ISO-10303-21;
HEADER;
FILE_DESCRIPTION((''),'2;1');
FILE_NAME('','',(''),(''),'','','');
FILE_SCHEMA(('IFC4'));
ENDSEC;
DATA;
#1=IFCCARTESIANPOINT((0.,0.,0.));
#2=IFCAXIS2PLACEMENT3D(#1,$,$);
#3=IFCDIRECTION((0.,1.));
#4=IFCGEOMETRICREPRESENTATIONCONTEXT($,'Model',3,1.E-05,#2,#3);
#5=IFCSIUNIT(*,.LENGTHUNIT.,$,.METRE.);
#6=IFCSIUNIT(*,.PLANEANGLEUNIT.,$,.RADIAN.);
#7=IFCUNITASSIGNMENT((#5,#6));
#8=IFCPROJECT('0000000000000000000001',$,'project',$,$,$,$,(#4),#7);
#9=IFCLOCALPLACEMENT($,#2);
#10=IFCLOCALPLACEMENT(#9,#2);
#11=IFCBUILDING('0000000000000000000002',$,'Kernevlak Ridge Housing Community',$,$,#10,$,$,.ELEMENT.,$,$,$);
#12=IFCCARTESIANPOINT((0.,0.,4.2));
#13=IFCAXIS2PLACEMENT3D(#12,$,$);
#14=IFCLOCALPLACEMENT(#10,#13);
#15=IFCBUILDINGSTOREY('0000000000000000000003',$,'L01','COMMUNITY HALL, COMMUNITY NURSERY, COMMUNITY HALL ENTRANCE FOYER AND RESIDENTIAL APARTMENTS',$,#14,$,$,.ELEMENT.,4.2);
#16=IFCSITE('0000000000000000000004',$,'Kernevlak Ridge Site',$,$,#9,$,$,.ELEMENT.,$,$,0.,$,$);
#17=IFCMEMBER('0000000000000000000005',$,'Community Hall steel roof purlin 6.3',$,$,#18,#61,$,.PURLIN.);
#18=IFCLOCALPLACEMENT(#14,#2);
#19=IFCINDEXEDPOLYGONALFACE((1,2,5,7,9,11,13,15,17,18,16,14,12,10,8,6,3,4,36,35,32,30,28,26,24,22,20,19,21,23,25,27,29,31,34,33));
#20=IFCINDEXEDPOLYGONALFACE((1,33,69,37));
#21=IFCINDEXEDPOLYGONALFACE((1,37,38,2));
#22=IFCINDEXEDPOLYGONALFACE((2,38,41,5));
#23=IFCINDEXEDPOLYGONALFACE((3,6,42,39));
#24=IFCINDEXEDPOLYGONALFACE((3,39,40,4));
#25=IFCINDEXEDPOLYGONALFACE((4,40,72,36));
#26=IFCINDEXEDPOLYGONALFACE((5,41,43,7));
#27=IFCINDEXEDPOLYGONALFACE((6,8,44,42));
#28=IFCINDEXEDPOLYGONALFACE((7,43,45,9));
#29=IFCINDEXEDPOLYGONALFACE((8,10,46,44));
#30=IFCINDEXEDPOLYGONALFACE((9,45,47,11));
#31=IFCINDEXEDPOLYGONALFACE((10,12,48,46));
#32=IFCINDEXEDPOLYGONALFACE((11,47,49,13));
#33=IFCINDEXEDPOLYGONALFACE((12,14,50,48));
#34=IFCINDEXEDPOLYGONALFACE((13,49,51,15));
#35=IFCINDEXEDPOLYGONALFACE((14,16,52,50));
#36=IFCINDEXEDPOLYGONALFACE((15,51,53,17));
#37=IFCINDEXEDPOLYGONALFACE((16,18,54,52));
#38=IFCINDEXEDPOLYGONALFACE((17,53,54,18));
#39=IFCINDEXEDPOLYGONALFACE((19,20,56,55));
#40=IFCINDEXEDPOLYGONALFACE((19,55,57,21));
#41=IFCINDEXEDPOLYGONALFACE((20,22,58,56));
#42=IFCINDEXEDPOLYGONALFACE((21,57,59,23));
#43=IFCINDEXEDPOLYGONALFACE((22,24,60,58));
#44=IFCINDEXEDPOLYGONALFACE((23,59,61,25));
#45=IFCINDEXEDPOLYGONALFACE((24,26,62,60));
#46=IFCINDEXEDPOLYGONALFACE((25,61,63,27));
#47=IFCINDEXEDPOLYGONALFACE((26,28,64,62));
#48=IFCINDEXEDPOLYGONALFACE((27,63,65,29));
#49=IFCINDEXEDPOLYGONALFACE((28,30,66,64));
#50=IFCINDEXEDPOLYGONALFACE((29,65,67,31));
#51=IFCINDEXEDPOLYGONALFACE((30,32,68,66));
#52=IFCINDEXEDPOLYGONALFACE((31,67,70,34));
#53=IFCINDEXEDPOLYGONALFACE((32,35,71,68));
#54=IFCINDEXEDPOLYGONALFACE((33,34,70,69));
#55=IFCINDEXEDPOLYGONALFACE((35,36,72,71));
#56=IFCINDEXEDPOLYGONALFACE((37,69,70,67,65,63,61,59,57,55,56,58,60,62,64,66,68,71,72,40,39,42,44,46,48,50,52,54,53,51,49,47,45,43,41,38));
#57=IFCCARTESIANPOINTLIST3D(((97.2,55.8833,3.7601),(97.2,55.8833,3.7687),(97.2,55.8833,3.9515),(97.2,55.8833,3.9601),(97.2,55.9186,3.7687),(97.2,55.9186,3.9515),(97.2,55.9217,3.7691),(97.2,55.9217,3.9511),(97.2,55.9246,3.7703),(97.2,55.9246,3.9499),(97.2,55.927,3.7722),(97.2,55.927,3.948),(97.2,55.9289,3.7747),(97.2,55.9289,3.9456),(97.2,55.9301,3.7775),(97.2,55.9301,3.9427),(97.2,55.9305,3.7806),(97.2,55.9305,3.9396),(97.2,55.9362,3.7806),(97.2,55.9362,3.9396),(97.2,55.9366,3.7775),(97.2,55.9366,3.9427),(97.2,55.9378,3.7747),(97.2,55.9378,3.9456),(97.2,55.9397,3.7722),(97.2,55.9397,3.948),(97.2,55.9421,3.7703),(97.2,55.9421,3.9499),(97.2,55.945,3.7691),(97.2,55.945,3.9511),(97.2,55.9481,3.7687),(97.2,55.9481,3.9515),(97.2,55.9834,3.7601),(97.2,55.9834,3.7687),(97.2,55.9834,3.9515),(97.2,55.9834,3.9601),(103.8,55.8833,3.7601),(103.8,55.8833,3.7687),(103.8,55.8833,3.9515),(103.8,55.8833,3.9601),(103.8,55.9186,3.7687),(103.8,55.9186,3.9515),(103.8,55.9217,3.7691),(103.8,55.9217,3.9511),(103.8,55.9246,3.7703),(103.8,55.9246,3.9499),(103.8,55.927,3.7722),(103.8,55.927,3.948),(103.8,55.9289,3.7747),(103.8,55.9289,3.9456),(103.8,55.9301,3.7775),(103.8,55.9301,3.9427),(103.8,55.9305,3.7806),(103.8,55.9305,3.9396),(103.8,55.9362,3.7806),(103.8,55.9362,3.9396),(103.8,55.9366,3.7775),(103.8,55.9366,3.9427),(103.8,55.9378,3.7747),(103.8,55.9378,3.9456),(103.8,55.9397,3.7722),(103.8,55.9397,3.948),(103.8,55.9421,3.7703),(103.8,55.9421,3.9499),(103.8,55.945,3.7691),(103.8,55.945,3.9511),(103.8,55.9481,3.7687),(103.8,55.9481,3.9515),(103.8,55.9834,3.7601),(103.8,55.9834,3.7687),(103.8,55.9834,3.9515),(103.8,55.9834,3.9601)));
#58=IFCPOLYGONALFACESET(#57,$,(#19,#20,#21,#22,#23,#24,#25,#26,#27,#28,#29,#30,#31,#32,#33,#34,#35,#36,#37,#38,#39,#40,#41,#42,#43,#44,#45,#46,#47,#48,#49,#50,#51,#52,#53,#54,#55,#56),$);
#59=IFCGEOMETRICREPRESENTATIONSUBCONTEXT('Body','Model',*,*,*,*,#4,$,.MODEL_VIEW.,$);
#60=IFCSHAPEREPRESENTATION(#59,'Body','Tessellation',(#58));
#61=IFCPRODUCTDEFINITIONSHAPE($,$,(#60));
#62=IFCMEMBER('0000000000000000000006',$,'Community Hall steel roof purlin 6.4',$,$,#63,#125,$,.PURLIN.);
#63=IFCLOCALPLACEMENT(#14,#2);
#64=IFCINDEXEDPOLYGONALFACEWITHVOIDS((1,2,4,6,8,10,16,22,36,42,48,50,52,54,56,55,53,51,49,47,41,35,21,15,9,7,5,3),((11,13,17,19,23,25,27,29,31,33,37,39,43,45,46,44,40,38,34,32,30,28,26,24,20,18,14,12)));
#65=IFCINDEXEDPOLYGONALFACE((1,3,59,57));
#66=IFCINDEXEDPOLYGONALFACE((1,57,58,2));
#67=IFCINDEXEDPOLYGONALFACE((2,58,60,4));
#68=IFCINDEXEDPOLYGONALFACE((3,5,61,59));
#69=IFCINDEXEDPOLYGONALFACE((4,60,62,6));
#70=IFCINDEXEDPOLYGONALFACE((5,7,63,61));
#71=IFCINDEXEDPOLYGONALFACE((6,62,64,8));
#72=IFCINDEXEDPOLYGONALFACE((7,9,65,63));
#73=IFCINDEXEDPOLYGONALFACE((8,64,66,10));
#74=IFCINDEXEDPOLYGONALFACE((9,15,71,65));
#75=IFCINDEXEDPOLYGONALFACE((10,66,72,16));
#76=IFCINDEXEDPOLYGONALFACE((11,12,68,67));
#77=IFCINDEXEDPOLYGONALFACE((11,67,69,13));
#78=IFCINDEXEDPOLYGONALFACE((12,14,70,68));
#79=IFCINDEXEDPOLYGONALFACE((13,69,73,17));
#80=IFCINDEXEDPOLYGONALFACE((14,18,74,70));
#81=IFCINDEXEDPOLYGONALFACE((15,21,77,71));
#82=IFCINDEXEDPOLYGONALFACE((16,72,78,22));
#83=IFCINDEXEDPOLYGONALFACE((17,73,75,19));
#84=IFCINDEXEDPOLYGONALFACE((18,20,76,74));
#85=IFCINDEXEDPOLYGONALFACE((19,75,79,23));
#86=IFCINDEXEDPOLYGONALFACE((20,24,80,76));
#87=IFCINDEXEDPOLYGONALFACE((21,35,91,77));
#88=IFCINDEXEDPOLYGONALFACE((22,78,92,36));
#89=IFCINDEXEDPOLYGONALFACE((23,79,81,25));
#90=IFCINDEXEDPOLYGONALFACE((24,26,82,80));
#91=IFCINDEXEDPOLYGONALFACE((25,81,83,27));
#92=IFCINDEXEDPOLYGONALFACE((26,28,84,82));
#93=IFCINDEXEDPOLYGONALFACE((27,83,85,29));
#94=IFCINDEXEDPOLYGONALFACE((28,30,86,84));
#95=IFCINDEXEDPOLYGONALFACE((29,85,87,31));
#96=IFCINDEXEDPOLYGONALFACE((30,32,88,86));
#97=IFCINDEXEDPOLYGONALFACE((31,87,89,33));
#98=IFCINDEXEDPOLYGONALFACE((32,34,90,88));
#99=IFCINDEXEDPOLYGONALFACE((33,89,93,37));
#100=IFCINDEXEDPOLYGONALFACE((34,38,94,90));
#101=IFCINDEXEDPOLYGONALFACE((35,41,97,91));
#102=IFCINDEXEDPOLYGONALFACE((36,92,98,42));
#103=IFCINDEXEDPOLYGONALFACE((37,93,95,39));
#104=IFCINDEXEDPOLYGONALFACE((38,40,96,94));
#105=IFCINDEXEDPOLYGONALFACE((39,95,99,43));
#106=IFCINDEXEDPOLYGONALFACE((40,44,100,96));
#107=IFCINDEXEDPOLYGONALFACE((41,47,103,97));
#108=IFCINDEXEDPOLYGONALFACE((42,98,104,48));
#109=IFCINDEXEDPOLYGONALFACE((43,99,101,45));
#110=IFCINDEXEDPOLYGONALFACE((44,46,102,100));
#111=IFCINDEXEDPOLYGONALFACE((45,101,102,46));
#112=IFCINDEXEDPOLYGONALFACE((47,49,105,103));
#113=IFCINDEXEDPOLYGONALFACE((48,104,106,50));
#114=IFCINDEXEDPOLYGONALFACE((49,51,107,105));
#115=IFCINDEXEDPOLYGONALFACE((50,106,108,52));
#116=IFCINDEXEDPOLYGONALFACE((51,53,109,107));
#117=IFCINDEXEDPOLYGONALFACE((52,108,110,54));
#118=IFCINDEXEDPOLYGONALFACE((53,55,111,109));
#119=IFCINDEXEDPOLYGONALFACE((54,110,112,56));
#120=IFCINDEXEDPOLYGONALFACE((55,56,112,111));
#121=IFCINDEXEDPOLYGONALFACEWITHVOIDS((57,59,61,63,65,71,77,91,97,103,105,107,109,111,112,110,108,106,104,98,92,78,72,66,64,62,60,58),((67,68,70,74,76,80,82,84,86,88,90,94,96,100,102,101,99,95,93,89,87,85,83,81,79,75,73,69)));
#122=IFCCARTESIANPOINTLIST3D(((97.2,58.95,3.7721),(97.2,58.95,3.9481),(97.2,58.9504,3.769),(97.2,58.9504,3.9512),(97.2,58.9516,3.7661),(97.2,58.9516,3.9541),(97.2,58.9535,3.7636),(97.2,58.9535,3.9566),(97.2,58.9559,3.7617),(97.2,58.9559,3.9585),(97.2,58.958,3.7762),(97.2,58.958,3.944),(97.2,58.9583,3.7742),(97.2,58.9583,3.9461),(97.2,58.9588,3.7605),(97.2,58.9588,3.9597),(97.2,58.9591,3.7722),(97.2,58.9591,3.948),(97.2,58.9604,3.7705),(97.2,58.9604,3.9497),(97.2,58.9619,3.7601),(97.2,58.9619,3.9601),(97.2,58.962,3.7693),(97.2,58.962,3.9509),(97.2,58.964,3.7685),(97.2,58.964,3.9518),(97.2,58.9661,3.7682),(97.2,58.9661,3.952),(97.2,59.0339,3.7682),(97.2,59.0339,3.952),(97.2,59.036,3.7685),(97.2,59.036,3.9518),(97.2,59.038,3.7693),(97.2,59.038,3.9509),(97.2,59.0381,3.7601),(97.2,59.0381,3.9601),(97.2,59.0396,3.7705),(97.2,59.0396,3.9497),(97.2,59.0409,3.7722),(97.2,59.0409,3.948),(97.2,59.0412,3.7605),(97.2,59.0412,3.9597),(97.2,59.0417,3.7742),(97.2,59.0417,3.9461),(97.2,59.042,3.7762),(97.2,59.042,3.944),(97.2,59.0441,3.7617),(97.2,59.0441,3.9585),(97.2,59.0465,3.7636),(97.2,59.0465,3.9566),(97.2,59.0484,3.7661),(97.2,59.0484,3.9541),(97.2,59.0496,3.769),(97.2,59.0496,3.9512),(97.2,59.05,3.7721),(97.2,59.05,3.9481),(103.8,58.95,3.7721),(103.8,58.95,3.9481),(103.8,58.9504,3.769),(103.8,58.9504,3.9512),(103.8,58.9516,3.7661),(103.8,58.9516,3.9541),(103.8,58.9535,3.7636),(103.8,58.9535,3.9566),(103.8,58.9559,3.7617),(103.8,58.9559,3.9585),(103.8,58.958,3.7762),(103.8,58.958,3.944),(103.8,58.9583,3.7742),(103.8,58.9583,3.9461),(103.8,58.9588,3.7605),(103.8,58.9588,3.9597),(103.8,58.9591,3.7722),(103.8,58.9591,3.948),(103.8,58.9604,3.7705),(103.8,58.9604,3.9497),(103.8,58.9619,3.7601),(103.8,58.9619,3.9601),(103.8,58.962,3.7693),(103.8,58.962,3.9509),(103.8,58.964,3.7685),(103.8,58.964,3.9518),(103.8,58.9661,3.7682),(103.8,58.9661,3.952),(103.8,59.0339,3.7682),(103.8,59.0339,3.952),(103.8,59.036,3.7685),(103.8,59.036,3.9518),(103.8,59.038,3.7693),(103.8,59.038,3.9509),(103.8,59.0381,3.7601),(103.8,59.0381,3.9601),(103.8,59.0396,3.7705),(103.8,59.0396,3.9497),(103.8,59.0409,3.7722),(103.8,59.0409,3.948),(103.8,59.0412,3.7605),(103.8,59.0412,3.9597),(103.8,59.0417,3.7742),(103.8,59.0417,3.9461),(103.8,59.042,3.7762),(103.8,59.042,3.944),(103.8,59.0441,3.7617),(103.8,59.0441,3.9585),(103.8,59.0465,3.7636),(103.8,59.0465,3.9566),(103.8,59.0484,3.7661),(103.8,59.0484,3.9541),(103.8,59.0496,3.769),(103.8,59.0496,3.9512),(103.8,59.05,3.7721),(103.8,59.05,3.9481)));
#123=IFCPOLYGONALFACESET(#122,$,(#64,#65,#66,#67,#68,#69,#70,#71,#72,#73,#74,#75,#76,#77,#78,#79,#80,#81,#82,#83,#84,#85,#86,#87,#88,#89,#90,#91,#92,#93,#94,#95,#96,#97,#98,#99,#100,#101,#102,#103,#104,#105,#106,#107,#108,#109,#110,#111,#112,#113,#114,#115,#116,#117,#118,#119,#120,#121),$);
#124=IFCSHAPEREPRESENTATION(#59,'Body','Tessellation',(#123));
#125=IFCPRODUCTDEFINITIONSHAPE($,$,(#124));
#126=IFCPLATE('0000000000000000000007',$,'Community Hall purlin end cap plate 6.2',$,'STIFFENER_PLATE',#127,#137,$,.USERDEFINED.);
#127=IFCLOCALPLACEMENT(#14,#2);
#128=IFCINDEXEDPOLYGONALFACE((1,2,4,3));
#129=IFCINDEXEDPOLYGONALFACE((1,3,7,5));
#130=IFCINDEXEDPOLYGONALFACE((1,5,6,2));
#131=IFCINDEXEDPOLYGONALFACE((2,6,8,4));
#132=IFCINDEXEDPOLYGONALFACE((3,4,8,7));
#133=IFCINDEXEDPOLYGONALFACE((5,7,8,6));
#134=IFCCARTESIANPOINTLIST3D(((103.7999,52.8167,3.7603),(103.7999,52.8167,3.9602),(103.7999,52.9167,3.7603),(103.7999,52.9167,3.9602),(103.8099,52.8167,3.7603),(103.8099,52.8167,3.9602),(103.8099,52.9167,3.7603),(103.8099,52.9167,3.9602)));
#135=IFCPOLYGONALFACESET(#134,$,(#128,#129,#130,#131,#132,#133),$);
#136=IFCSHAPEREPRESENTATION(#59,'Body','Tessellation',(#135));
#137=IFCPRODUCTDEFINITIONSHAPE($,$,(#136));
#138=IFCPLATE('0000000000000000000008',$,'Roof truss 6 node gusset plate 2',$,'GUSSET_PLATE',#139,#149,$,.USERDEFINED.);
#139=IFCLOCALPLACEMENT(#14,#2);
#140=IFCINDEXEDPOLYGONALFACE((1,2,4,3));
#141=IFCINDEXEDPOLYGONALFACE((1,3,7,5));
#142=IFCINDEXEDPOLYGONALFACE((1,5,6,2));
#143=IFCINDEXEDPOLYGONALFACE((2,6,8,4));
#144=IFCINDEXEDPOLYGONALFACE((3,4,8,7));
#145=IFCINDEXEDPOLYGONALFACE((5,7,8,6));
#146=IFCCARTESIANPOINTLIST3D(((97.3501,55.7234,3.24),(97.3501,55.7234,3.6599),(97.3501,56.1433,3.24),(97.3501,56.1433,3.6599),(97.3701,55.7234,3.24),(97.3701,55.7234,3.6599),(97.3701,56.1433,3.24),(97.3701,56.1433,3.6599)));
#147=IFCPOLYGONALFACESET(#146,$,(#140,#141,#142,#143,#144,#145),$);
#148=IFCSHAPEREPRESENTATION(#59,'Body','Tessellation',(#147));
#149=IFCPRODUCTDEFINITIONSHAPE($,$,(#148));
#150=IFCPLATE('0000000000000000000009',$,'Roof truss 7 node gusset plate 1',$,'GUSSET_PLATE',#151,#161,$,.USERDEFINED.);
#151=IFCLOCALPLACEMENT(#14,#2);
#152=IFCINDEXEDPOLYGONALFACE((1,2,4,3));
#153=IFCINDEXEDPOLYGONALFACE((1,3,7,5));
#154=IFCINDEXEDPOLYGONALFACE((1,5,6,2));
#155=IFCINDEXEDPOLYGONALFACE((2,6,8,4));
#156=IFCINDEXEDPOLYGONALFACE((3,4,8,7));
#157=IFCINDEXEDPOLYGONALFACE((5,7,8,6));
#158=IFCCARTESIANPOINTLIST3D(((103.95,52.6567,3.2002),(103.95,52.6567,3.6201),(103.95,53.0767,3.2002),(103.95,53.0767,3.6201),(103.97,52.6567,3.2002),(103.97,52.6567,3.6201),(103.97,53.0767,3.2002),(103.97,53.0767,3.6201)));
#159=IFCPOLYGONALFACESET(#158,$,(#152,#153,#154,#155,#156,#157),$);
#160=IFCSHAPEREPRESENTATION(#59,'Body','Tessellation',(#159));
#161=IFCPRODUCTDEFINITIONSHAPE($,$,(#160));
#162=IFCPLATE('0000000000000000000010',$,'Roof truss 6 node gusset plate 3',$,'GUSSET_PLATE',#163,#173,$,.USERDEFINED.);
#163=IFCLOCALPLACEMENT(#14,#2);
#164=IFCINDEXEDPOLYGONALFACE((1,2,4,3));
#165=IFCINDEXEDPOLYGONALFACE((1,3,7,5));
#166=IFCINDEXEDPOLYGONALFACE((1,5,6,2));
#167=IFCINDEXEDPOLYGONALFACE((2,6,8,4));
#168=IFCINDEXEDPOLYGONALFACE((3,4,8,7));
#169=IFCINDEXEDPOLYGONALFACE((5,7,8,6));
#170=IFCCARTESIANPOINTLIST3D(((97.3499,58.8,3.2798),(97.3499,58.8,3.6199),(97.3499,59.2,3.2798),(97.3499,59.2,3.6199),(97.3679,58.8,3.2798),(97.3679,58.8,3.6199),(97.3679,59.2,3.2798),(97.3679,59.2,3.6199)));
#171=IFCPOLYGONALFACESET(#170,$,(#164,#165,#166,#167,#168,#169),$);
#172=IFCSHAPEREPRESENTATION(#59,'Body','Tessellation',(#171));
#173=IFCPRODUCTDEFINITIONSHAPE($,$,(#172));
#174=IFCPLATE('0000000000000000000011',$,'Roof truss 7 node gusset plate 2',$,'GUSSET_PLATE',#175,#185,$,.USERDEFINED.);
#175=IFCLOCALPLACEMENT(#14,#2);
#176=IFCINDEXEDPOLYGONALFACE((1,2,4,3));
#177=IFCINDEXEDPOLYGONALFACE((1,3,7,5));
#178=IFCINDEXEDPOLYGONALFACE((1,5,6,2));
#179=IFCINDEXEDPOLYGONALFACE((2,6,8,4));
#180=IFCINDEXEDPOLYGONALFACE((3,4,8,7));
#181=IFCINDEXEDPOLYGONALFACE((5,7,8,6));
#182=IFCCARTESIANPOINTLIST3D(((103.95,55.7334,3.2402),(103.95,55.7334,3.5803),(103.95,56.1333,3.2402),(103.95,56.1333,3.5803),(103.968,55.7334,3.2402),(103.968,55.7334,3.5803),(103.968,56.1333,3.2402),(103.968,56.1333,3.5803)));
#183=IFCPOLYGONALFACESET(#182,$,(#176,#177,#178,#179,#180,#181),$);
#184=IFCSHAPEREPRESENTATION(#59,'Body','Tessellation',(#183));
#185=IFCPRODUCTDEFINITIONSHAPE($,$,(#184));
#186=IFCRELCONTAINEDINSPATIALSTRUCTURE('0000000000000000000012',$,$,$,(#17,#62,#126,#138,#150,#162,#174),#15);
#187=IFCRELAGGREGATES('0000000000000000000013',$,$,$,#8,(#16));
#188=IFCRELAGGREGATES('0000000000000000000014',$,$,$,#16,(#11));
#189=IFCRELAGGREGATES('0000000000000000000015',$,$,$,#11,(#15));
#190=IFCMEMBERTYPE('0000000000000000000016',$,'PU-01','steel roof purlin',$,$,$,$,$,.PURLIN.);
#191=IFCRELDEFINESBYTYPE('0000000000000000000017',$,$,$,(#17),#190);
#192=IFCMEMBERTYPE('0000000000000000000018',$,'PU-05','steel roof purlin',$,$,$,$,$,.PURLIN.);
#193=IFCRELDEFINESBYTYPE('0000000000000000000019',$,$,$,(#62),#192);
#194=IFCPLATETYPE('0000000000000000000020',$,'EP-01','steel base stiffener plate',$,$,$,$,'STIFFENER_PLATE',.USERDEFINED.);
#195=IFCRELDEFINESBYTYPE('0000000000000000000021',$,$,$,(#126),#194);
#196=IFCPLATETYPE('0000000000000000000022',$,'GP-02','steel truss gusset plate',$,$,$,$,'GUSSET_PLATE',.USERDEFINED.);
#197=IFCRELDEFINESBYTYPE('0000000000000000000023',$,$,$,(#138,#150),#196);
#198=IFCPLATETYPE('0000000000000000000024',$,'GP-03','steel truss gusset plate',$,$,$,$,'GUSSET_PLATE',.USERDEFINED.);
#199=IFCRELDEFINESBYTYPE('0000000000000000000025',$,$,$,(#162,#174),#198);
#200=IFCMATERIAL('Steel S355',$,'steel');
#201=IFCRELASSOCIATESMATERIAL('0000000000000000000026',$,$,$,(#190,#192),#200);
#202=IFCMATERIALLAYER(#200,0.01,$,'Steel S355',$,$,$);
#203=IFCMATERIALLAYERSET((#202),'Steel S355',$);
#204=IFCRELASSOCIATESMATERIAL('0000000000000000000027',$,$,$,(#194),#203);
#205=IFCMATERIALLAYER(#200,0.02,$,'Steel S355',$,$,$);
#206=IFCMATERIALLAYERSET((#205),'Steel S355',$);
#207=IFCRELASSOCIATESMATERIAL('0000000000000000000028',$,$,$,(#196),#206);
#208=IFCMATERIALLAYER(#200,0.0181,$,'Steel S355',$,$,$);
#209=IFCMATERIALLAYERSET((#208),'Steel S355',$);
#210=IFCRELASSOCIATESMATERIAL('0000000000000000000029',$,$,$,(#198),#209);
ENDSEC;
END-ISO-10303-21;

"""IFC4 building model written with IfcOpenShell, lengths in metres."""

from ifc_helpers import new_model, si_unit, direction, frame, origin, origin_2d, place, context, subcontext, project, spatial, rectangle, hollow_rectangle, i_section, extrude, material, layer, layer_set, material_profile, profile_set, type_object, element, save


model = new_model("IFC4")

# Units and contexts
model_context = context("Model", 3, precision=1e-05, world=origin(), true_north=direction((0.0, 1.0)))
body_context = subcontext(model_context, "Body", "Model", "MODEL_VIEW")
ifc_project = project(units=[si_unit("LENGTHUNIT", "METRE"), si_unit("PLANEANGLEUNIT", "RADIAN")], contexts=[model_context])

# Site, building, storey
site_placement = place(None, origin())
site = spatial("IfcSite", under=ifc_project, at=site_placement, Name="Kernevlak Ridge Site", CompositionType="ELEMENT", RefElevation=0.0)
building_placement = place(site_placement, origin())
building = spatial("IfcBuilding", under=site, at=building_placement, Name="Kernevlak Ridge Housing Community", CompositionType="ELEMENT")
storey_placement = place(building_placement, frame((0.0, 0.0, 4.2)))
storey = spatial("IfcBuildingStorey", under=building, at=storey_placement, Name="L01", Description="COMMUNITY HALL, COMMUNITY NURSERY, COMMUNITY HALL ENTRANCE FOYER AND RESIDENTIAL APARTMENTS", CompositionType="ELEMENT", Elevation=4.2)

# Members
ifc_material_1 = material(Name="Steel S355", Category="steel")
ifc_material_profile_1 = material_profile(ifc_material_1, i_section(OverallWidth=0.1001, OverallDepth=0.2, WebThickness=0.0056, FlangeThickness=0.0085, FilletRadius=0.012, at=origin_2d()), Name="IPE 200")
ifc_profile_set_1 = profile_set([ifc_material_profile_1], Name="Steel S355")
member_type_1 = type_object("IfcMemberType", Name="PU-01", Description="steel roof purlin", PredefinedType="PURLIN", material=ifc_profile_set_1)
member_1_placement = place(storey_placement, frame((97.2, 55.9333, 3.8601), z_axis=(1.0, 0.0, 0.0), x_axis=(0.0, 1.0, 0.0)))
element("IfcMember", 1, at=member_1_placement, inside=storey, type_object=member_type_1, Name="Community Hall steel roof purlin 6.3", PredefinedType="PURLIN", context=body_context, shape_type="SweptSolid", body=[
    extrude(i_section(OverallWidth=0.1001, OverallDepth=0.2, WebThickness=0.0056, FlangeThickness=0.0085, FilletRadius=0.012, at=origin_2d()), origin(), (0.0, 0.0, 1.0), 6.6001),
])
ifc_material_profile_2 = material_profile(ifc_material_1, hollow_rectangle(XDim=0.1001, YDim=0.2, WallThickness=0.0081, InnerFilletRadius=0.0081, OuterFilletRadius=0.012, at=origin_2d()), Name="RHS 200x100x8")
ifc_profile_set_2 = profile_set([ifc_material_profile_2], Name="Steel S355")
member_type_2 = type_object("IfcMemberType", Name="PU-05", Description="steel roof purlin", PredefinedType="PURLIN", material=ifc_profile_set_2)
member_2_placement = place(storey_placement, frame((97.2, 59.0, 3.8601), z_axis=(1.0, 0.0, 0.0), x_axis=(0.0, 1.0, 0.0)))
element("IfcMember", 2, at=member_2_placement, inside=storey, type_object=member_type_2, Name="Community Hall steel roof purlin 6.4", PredefinedType="PURLIN", context=body_context, shape_type="SweptSolid", body=[
    extrude(hollow_rectangle(XDim=0.1001, YDim=0.2, WallThickness=0.0081, InnerFilletRadius=0.0081, OuterFilletRadius=0.012, at=origin_2d()), origin(), (0.0, 0.0, 1.0), 6.6001),
])

# Plates
ifc_layer_1 = layer(ifc_material_1, 0.01, Name="Steel S355")
ifc_layer_set_1 = layer_set([ifc_layer_1], Name="Steel S355")
plate_type_1 = type_object("IfcPlateType", Name="EP-01", Description="steel base stiffener plate", ElementType="STIFFENER_PLATE", PredefinedType="USERDEFINED", material=ifc_layer_set_1)
plate_placement = place(storey_placement, frame((103.8049, 52.8667, 3.7603), z_axis=(0.0, 0.0, 1.0), x_axis=(1.0, 0.0, 0.0)))
element("IfcPlate", 3, at=plate_placement, inside=storey, type_object=plate_type_1, Name="Community Hall purlin end cap plate 6.2", ObjectType="STIFFENER_PLATE", PredefinedType="USERDEFINED", context=body_context, shape_type="SweptSolid", body=[
    extrude(rectangle(XDim=0.01, YDim=0.1001, at=origin_2d()), origin(), (0.0, 0.0, 1.0), 0.2),
])
ifc_layer_2 = layer(ifc_material_1, 0.02, Name="Steel S355")
ifc_layer_set_2 = layer_set([ifc_layer_2], Name="Steel S355")
plate_type_2 = type_object("IfcPlateType", Name="GP-02", Description="steel truss gusset plate", ElementType="GUSSET_PLATE", PredefinedType="USERDEFINED", material=ifc_layer_set_2)
for number, where, z_axis, x_axis, name in (
    (4, (97.3601, 55.9333, 3.24), (0.0, 0.0, 1.0), (1.0, 0.0, 0.0), "Roof truss 6 node gusset plate 2"),
    (5, (103.96, 52.8667, 3.2002), (0.0, 0.0, 1.0), (1.0, 0.0, 0.0), "Roof truss 7 node gusset plate 1"),
):
    element("IfcPlate", number, at=place(storey_placement, frame(where, z_axis=z_axis, x_axis=x_axis)), inside=storey, type_object=plate_type_2, Name=name, ObjectType="GUSSET_PLATE", PredefinedType="USERDEFINED", context=body_context, shape_type="SweptSolid", body=[
        extrude(rectangle(XDim=0.02, YDim=0.4199, at=origin_2d()), origin(), (0.0, 0.0, 1.0), 0.4199),
    ])
ifc_layer_3 = layer(ifc_material_1, 0.0181, Name="Steel S355")
ifc_layer_set_3 = layer_set([ifc_layer_3], Name="Steel S355")
plate_type_3 = type_object("IfcPlateType", Name="GP-03", Description="steel truss gusset plate", ElementType="GUSSET_PLATE", PredefinedType="USERDEFINED", material=ifc_layer_set_3)
for number, where, z_axis, x_axis, name in (
    (6, (97.3589, 59.0, 3.2798), (0.0, 0.0, 1.0), (1.0, 0.0, 0.0), "Roof truss 6 node gusset plate 3"),
    (7, (103.959, 55.9333, 3.2402), (0.0, 0.0, 1.0), (1.0, 0.0, 0.0), "Roof truss 7 node gusset plate 2"),
):
    element("IfcPlate", number, at=place(storey_placement, frame(where, z_axis=z_axis, x_axis=x_axis)), inside=storey, type_object=plate_type_3, Name=name, ObjectType="GUSSET_PLATE", PredefinedType="USERDEFINED", context=body_context, shape_type="SweptSolid", body=[
        extrude(rectangle(XDim=0.0181, YDim=0.3999, at=origin_2d()), origin(), (0.0, 0.0, 1.0), 0.3401),
    ])

save(model, "model.ifc")
